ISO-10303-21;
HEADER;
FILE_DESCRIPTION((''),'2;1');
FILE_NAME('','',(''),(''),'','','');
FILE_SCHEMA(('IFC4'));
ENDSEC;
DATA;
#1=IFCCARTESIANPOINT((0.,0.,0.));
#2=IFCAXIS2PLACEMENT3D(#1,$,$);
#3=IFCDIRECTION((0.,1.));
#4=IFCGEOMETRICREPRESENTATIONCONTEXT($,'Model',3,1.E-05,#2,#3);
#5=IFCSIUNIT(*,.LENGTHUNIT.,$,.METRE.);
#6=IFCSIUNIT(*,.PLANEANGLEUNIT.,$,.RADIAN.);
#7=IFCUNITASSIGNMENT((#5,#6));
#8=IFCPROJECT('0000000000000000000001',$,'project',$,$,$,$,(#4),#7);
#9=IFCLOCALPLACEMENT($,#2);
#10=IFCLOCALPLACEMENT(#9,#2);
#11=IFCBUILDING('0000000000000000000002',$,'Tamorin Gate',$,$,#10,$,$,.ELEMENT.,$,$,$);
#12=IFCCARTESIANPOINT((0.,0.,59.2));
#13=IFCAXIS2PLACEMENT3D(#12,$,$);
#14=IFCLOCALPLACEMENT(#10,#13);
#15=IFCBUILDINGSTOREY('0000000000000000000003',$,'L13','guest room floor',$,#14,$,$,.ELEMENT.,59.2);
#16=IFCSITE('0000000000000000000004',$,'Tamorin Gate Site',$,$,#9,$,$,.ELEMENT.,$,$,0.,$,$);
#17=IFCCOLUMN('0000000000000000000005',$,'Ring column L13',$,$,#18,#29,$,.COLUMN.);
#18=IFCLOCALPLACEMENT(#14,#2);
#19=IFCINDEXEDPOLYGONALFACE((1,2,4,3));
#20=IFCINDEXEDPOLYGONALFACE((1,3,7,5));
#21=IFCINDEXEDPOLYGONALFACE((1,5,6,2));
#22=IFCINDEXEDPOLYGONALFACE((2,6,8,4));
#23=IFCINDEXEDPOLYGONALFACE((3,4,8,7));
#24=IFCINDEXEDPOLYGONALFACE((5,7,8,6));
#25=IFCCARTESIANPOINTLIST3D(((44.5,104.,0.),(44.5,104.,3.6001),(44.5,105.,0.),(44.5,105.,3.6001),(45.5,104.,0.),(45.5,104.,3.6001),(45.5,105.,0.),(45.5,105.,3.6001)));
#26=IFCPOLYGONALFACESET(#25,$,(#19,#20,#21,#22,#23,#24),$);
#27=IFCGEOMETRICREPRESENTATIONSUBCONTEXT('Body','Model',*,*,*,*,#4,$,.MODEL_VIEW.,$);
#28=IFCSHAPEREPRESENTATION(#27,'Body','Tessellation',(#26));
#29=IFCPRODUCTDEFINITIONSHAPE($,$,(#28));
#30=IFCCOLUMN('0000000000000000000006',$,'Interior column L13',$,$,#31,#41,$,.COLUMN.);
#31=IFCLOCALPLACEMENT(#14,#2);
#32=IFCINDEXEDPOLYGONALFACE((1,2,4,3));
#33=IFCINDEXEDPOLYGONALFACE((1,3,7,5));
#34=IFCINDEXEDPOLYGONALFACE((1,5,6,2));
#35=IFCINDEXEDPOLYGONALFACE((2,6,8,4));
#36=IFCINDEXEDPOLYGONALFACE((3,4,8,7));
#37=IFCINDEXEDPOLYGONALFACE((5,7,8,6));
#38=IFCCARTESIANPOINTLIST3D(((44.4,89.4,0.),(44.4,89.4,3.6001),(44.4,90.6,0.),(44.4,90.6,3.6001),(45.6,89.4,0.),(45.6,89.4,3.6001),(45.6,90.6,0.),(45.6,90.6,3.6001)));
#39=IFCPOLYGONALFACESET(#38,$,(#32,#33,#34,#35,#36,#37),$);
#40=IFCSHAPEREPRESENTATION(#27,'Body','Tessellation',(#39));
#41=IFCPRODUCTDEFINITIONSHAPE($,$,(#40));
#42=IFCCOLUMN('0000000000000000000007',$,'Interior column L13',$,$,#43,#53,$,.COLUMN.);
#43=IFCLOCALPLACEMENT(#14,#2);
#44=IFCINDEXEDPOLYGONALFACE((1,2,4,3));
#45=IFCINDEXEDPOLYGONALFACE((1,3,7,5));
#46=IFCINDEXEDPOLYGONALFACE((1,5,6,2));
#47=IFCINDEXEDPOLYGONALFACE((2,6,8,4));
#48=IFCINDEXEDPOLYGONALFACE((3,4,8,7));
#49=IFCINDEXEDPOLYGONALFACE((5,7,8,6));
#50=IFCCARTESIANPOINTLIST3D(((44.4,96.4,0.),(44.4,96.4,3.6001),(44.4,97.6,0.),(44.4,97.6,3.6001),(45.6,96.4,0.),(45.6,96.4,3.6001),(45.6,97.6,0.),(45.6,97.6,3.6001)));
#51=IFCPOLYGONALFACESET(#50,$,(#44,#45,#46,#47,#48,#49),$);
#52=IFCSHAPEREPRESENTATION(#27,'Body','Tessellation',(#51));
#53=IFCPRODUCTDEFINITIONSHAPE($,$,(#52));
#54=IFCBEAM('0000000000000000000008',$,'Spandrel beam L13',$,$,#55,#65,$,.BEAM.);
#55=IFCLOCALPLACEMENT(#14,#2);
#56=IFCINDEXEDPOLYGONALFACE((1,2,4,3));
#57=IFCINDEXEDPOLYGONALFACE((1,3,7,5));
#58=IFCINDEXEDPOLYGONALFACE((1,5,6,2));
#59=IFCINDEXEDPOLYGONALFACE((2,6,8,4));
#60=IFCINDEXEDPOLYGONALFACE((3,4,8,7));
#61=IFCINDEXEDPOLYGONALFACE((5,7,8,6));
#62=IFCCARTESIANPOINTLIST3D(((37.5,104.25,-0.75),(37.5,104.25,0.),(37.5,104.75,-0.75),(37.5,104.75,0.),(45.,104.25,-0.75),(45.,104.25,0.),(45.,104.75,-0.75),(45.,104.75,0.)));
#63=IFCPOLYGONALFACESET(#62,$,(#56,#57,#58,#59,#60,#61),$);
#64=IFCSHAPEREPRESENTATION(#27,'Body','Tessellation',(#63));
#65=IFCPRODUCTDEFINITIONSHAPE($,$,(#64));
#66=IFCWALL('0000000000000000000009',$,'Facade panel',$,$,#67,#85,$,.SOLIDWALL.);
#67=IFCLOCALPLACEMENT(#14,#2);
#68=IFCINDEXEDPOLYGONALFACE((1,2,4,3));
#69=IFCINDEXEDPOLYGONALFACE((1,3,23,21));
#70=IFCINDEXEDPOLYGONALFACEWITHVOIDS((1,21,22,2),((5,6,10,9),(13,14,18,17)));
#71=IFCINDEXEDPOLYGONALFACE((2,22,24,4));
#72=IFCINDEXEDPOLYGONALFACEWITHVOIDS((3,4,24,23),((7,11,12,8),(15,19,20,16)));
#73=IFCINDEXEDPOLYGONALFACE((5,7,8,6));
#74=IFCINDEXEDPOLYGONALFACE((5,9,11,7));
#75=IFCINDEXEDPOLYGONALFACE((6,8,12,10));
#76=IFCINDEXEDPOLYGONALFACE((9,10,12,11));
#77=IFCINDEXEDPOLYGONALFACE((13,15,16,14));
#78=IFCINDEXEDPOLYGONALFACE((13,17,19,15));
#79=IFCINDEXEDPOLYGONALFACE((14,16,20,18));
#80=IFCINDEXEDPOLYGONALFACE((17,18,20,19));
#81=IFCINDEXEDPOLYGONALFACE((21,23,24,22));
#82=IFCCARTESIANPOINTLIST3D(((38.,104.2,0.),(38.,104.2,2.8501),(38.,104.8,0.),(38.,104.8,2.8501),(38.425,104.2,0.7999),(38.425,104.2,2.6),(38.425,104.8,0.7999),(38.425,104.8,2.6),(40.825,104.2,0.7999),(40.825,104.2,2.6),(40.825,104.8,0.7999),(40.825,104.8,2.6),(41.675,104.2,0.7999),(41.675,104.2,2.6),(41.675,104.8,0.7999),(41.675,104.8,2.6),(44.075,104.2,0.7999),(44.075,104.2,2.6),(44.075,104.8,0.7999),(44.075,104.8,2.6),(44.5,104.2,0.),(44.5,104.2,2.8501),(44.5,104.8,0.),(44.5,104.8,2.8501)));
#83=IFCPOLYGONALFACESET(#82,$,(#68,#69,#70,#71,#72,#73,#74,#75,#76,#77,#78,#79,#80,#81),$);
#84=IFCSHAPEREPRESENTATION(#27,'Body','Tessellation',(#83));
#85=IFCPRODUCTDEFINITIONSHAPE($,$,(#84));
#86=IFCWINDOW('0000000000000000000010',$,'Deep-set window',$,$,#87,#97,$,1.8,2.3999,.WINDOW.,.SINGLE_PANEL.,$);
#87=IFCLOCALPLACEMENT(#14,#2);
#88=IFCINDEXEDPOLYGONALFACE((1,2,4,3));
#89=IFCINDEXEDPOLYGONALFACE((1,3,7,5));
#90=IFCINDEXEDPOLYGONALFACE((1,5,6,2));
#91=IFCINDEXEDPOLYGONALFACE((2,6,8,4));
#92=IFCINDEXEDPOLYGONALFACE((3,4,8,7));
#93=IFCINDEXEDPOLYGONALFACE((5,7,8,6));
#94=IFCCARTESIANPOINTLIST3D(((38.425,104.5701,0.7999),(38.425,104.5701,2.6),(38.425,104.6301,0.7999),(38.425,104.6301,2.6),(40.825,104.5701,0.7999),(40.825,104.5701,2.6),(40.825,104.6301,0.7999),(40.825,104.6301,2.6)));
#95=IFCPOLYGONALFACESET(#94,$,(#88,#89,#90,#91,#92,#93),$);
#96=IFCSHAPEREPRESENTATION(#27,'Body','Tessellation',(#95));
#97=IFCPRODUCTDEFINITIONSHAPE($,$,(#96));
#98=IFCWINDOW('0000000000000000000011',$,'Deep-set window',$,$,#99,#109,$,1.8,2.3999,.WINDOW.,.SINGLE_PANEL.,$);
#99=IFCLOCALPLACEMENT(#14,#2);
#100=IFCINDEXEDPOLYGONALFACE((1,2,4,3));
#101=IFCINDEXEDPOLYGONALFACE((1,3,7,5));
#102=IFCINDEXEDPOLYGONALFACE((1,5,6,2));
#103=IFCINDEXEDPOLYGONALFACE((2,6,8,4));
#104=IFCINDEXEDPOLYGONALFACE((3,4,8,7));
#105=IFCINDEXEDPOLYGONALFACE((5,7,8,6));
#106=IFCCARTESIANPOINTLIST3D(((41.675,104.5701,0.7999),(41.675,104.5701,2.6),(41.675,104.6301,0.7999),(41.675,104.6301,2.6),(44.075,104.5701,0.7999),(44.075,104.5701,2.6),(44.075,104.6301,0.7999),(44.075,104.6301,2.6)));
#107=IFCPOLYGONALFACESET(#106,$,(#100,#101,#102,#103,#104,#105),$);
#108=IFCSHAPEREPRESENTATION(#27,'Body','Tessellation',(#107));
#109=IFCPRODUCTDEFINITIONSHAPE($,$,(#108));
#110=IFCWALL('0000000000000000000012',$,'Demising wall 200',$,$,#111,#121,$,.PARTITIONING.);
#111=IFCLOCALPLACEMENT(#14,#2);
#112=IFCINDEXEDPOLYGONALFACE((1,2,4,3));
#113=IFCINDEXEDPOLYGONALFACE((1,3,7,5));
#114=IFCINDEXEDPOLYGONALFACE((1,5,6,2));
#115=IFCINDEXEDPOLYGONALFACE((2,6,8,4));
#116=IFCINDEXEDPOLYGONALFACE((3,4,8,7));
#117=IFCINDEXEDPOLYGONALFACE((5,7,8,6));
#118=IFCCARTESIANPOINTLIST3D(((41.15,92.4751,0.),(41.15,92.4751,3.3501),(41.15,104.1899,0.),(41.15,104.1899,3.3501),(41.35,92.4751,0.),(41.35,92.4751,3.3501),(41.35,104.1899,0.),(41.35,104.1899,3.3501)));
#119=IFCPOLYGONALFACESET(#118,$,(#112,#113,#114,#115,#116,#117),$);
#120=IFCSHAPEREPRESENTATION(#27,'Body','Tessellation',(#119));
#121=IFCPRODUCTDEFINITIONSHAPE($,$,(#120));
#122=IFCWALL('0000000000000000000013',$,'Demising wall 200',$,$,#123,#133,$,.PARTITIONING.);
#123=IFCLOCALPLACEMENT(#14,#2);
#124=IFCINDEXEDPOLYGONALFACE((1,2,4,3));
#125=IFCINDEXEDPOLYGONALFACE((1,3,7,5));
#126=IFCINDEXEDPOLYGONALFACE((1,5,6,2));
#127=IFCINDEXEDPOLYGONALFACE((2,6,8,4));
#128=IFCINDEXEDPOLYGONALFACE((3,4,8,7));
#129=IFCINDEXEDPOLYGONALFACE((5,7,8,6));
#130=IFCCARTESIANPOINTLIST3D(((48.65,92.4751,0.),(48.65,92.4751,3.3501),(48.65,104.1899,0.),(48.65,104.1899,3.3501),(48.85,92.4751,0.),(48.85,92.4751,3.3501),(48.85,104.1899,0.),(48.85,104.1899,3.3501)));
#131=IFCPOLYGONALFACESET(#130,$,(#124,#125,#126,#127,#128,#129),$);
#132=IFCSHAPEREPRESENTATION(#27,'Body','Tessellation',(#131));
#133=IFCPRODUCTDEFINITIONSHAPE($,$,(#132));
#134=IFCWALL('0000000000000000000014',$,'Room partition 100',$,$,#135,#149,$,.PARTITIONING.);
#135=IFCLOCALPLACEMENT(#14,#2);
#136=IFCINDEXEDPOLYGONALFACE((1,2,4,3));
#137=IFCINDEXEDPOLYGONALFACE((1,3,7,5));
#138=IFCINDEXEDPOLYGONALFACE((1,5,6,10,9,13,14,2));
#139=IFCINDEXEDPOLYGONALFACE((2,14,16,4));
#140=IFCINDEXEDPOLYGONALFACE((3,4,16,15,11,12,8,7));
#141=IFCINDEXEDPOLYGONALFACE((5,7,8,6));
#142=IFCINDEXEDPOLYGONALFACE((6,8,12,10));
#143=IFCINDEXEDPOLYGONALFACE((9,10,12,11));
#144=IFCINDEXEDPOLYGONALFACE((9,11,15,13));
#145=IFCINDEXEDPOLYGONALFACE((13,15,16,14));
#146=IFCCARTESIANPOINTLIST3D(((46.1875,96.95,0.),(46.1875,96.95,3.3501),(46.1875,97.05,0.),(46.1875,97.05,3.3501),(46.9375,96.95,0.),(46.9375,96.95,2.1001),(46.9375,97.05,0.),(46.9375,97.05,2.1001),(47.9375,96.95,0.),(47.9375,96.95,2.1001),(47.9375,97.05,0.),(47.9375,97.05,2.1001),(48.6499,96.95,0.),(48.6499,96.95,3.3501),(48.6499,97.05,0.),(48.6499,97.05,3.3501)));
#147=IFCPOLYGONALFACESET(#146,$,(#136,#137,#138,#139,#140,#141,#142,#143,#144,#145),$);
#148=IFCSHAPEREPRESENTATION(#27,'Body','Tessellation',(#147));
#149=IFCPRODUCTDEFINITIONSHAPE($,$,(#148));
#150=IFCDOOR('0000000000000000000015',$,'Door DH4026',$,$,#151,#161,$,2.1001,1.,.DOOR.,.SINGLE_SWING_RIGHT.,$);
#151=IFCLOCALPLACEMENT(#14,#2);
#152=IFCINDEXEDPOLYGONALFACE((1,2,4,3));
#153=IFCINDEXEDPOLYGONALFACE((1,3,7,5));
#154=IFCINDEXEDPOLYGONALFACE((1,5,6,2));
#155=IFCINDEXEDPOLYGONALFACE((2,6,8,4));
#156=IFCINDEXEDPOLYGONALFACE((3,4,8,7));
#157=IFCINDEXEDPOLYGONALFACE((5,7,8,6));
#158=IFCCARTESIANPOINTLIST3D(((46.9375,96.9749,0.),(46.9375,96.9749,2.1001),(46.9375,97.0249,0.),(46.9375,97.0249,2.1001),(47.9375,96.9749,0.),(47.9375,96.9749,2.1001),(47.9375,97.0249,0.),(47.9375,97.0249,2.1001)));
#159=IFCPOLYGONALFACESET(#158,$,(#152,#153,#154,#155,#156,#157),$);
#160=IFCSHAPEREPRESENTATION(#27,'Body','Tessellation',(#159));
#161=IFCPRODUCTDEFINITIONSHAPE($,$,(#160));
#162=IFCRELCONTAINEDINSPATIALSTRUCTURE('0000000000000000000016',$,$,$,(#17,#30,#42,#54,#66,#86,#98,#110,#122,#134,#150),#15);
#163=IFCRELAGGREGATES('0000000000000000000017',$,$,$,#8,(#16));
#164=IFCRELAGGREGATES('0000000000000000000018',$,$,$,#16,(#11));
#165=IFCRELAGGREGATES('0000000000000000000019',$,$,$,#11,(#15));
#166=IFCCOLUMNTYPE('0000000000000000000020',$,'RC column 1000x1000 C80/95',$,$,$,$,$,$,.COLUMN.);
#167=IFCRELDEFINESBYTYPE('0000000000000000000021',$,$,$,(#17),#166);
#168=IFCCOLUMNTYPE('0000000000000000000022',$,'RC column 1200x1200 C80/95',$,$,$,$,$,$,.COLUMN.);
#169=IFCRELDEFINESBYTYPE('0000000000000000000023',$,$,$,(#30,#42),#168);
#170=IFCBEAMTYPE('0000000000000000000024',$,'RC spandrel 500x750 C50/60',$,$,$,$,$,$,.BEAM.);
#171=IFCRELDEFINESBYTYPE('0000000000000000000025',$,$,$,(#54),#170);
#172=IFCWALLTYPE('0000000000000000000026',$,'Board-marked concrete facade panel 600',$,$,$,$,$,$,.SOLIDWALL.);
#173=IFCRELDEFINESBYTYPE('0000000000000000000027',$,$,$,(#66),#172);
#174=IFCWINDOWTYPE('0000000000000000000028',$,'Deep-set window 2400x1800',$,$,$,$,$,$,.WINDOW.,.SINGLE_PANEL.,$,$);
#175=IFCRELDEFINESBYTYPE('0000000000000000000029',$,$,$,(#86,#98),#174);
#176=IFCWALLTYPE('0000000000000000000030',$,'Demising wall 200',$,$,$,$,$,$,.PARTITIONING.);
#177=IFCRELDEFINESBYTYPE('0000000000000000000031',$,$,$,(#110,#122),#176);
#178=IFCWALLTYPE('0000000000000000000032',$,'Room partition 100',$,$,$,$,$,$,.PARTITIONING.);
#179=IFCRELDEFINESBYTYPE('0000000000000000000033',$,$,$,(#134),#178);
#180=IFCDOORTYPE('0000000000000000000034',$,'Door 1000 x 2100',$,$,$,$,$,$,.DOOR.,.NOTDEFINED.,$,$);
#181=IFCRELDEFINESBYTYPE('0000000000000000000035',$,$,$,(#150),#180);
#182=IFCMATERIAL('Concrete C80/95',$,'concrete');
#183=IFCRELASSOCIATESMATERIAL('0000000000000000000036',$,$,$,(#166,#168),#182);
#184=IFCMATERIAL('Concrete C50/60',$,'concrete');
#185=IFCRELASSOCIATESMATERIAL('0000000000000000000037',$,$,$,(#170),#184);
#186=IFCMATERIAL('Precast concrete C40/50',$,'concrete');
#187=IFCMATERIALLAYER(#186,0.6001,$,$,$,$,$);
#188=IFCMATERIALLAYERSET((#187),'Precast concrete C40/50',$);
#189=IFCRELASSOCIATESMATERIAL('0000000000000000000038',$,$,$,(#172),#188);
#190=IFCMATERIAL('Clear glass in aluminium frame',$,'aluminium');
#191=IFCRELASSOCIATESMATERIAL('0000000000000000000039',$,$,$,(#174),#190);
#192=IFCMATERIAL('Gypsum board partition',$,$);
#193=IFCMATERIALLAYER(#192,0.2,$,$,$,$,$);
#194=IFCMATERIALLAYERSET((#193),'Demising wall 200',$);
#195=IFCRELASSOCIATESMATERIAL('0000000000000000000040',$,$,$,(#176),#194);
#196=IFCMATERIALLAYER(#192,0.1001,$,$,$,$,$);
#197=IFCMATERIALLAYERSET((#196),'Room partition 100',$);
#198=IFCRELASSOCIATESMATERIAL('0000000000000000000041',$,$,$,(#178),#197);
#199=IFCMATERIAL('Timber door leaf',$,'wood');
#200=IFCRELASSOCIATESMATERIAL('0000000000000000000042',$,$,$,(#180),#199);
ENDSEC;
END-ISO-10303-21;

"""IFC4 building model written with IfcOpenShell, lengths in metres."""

from ifc_helpers import new_model, si_unit, direction, frame, frame_2d, origin, origin_2d, place, context, subcontext, project, spatial, rectangle, extrude, material, layer, layer_set, material_profile, profile_set, type_object, element, fill, save


model = new_model("IFC4")

# Units and contexts
model_context = context("Model", 3, precision=1e-05, world=origin(), true_north=direction((0.0, 1.0)))
body_context = subcontext(model_context, "Body", "Model", "MODEL_VIEW")
ifc_project = project(units=[si_unit("LENGTHUNIT", "METRE"), si_unit("PLANEANGLEUNIT", "RADIAN")], contexts=[model_context])

# Site, building, storey
site_placement = place(None, origin())
site = spatial("IfcSite", under=ifc_project, at=site_placement, Name="Tamorin Gate Site", CompositionType="ELEMENT", RefElevation=0.0)
building_placement = place(site_placement, origin())
building = spatial("IfcBuilding", under=site, at=building_placement, Name="Tamorin Gate", CompositionType="ELEMENT")
storey_placement = place(building_placement, frame((0.0, 0.0, 59.2)))
storey = spatial("IfcBuildingStorey", under=building, at=storey_placement, Name="L13", Description="guest room floor", CompositionType="ELEMENT", Elevation=59.2)

# Columns
ifc_material_1 = material(Name="Concrete C80/95", Category="concrete")
ifc_material_profile_1 = material_profile(ifc_material_1, rectangle(XDim=1.0, YDim=1.0, at=origin_2d()), Name="RC 1000x1000")
ifc_profile_set_1 = profile_set([ifc_material_profile_1], Name="Concrete C80/95")
column_type_1 = type_object("IfcColumnType", Name="RC column 1000x1000 C80/95", PredefinedType="COLUMN", material=ifc_profile_set_1)
column_placement = place(storey_placement, frame((45.0, 104.5, 0.0), z_axis=(0.0, 0.0, 1.0), x_axis=(1.0, 0.0, 0.0)))
element("IfcColumn", 1, at=column_placement, inside=storey, type_object=column_type_1, Name="Ring column L13", PredefinedType="COLUMN", context=body_context, shape_type="SweptSolid", body=[
    extrude(rectangle(XDim=1.0, YDim=1.0, at=origin_2d()), origin(), (0.0, 0.0, 1.0), 3.6001),
])
ifc_material_profile_2 = material_profile(ifc_material_1, rectangle(XDim=1.2, YDim=1.2, at=origin_2d()), Name="RC 1200x1200")
ifc_profile_set_2 = profile_set([ifc_material_profile_2], Name="Concrete C80/95")
column_type_2 = type_object("IfcColumnType", Name="RC column 1200x1200 C80/95", PredefinedType="COLUMN", material=ifc_profile_set_2)
for number, where, z_axis, x_axis, name in (
    (2, (45.0, 90.0, 0.0), (0.0, 0.0, 1.0), (1.0, 0.0, 0.0), "Interior column L13"),
    (3, (45.0, 97.0, 0.0), (0.0, 0.0, 1.0), (1.0, 0.0, 0.0), "Interior column L13"),
):
    element("IfcColumn", number, at=place(storey_placement, frame(where, z_axis=z_axis, x_axis=x_axis)), inside=storey, type_object=column_type_2, Name=name, PredefinedType="COLUMN", context=body_context, shape_type="SweptSolid", body=[
        extrude(rectangle(XDim=1.2, YDim=1.2, at=origin_2d()), origin(), (0.0, 0.0, 1.0), 3.6001),
    ])

# Beam
ifc_material_2 = material(Name="Concrete C50/60", Category="concrete")
ifc_material_profile_3 = material_profile(ifc_material_2, rectangle(XDim=0.5, YDim=0.75, at=origin_2d()), Name="RC 500x750")
ifc_profile_set_3 = profile_set([ifc_material_profile_3], Name="Concrete C50/60")
beam_type = type_object("IfcBeamType", Name="RC spandrel 500x750 C50/60", PredefinedType="BEAM", material=ifc_profile_set_3)
beam_placement = place(storey_placement, frame((45.0, 104.5, -0.375), z_axis=(-1.0, 0.0, 0.0), x_axis=(0.0, -1.0, 0.0)))
element("IfcBeam", 4, at=beam_placement, inside=storey, type_object=beam_type, Name="Spandrel beam L13", PredefinedType="BEAM", context=body_context, shape_type="SweptSolid", body=[
    extrude(rectangle(XDim=0.5, YDim=0.75, at=origin_2d()), origin(), (0.0, 0.0, 1.0), 7.5),
])

# Wall, openings, windows
ifc_material_3 = material(Name="Precast concrete C40/50", Category="concrete")
ifc_layer_1 = layer(ifc_material_3, 0.6001)
ifc_layer_set_1 = layer_set([ifc_layer_1], Name="Precast concrete C40/50")
wall_type_1 = type_object("IfcWallType", Name="Board-marked concrete facade panel 600", PredefinedType="SOLIDWALL", material=ifc_layer_set_1)
wall_1_placement = place(storey_placement, frame((44.5, 104.5, 0.0), z_axis=(0.0, 0.0, 1.0), x_axis=(-1.0, 0.0, 0.0)))
wall_1 = element("IfcWall", 5, at=wall_1_placement, inside=storey, type_object=wall_type_1, Name="Facade panel", PredefinedType="SOLIDWALL", context=body_context, shape_type="SweptSolid", body=[
    extrude(rectangle(XDim=6.5, YDim=0.6001, at=frame_2d((3.25, 0.0))), origin(), (0.0, 0.0, 1.0), 2.8501),
])
opening_1_placement = place(wall_1_placement, frame((3.675, 0.0, 0.8)))
opening_1 = element("IfcOpeningElement", 6, at=opening_1_placement, cuts=wall_1, PredefinedType="OPENING", context=body_context, shape_type="SweptSolid", body=[
    extrude(rectangle(XDim=2.3999, YDim=1.8, at=frame_2d((1.2, 0.8999))), frame((0.0, 0.3101, 0.0), z_axis=(0.0, -1.0, 0.0), x_axis=(1.0, 0.0, 0.0)), (0.0, 0.0, 1.0), 0.6201),
])
opening_2_placement = place(wall_1_placement, frame((0.425, 0.0, 0.8)))
opening_2 = element("IfcOpeningElement", 7, at=opening_2_placement, cuts=wall_1, PredefinedType="OPENING", context=body_context, shape_type="SweptSolid", body=[
    extrude(rectangle(XDim=2.3999, YDim=1.8, at=frame_2d((1.2, 0.8999))), frame((0.0, 0.3101, 0.0), z_axis=(0.0, -1.0, 0.0), x_axis=(1.0, 0.0, 0.0)), (0.0, 0.0, 1.0), 0.6201),
])
ifc_material_4 = material(Name="Clear glass in aluminium frame", Category="aluminium")
window_type = type_object("IfcWindowType", Name="Deep-set window 2400x1800", PartitioningType="SINGLE_PANEL", PredefinedType="WINDOW", material=ifc_material_4)
window_1_placement = place(opening_1_placement, origin())
window_1 = element("IfcWindow", 8, at=window_1_placement, inside=storey, type_object=window_type, Name="Deep-set window", OverallHeight=1.8, OverallWidth=2.3999, PartitioningType="SINGLE_PANEL", PredefinedType="WINDOW", context=body_context, shape_type="SweptSolid", body=[
    extrude(rectangle(XDim=2.3999, YDim=1.8, at=frame_2d((1.2, 0.8999))), frame((0.0, -0.0701, 0.0), z_axis=(0.0, -1.0, 0.0), x_axis=(1.0, 0.0, 0.0)), (0.0, 0.0, 1.0), 0.0601),
])
fill(opening_1, window_1)
window_2_placement = place(opening_2_placement, origin())
window_2 = element("IfcWindow", 9, at=window_2_placement, inside=storey, type_object=window_type, Name="Deep-set window", OverallHeight=1.8, OverallWidth=2.3999, PartitioningType="SINGLE_PANEL", PredefinedType="WINDOW", context=body_context, shape_type="SweptSolid", body=[
    extrude(rectangle(XDim=2.3999, YDim=1.8, at=frame_2d((1.2, 0.8999))), frame((0.0, -0.0701, 0.0), z_axis=(0.0, -1.0, 0.0), x_axis=(1.0, 0.0, 0.0)), (0.0, 0.0, 1.0), 0.0601),
])
fill(opening_2, window_2)

# Walls
ifc_material_5 = material(Name="Gypsum board partition")
ifc_layer_2 = layer(ifc_material_5, 0.2)
ifc_layer_set_2 = layer_set([ifc_layer_2], Name="Demising wall 200")
wall_type_2 = type_object("IfcWallType", Name="Demising wall 200", PredefinedType="PARTITIONING", material=ifc_layer_set_2)
for number, where, z_axis, x_axis, name in (
    (10, (41.25, 92.4751, 0.0), (0.0, 0.0, 1.0), (0.0, 1.0, 0.0), "Demising wall 200"),
    (11, (48.75, 92.4751, 0.0), (0.0, 0.0, 1.0), (0.0, 1.0, 0.0), "Demising wall 200"),
):
    element("IfcWall", number, at=place(storey_placement, frame(where, z_axis=z_axis, x_axis=x_axis)), inside=storey, type_object=wall_type_2, Name=name, PredefinedType="PARTITIONING", context=body_context, shape_type="SweptSolid", body=[
        extrude(rectangle(XDim=11.7148, YDim=0.2, at=frame_2d((5.8574, 0.0))), origin(), (0.0, 0.0, 1.0), 3.3501),
    ])

# Wall, opening, door
ifc_layer_3 = layer(ifc_material_5, 0.1001)
ifc_layer_set_3 = layer_set([ifc_layer_3], Name="Room partition 100")
wall_type_3 = type_object("IfcWallType", Name="Room partition 100", PredefinedType="PARTITIONING", material=ifc_layer_set_3)
wall_2_placement = place(storey_placement, frame((46.1875, 97.0, 0.0), z_axis=(0.0, 0.0, 1.0), x_axis=(1.0, 0.0, 0.0)))
wall_2 = element("IfcWall", 12, at=wall_2_placement, inside=storey, type_object=wall_type_3, Name="Room partition 100", PredefinedType="PARTITIONING", context=body_context, shape_type="SweptSolid", body=[
    extrude(rectangle(XDim=2.4624, YDim=0.1001, at=frame_2d((1.2312, 0.0))), origin(), (0.0, 0.0, 1.0), 3.3501),
])
opening_3_placement = place(wall_2_placement, frame((0.75, 0.0, 0.0)))
opening_3 = element("IfcOpeningElement", 13, at=opening_3_placement, cuts=wall_2, PredefinedType="OPENING", context=body_context, shape_type="SweptSolid", body=[
    extrude(rectangle(XDim=1.0, YDim=2.1001, at=frame_2d((0.5, 1.05))), frame((0.0, 0.0601, 0.0), z_axis=(0.0, -1.0, 0.0), x_axis=(1.0, 0.0, 0.0)), (0.0, 0.0, 1.0), 0.1201),
])
ifc_material_6 = material(Name="Timber door leaf", Category="wood")
door_type_1 = type_object("IfcDoorType", Name="Door 1000 x 2100", OperationType="NOTDEFINED", PredefinedType="DOOR", material=ifc_material_6)
door_1_placement = place(opening_3_placement, origin())
door_1 = element("IfcDoor", 14, at=door_1_placement, inside=storey, type_object=door_type_1, Name="Door DH4026", OperationType="SINGLE_SWING_RIGHT", OverallHeight=2.1001, OverallWidth=1.0, PredefinedType="DOOR", context=body_context, shape_type="SweptSolid", body=[
    extrude(rectangle(XDim=1.0, YDim=2.1001, at=frame_2d((0.5, 1.05))), frame((0.0, 0.0249, 0.0), z_axis=(0.0, -1.0, 0.0), x_axis=(1.0, 0.0, 0.0)), (0.0, 0.0, 1.0), 0.05),
])
fill(opening_3, door_1)

save(model, "model.ifc")
